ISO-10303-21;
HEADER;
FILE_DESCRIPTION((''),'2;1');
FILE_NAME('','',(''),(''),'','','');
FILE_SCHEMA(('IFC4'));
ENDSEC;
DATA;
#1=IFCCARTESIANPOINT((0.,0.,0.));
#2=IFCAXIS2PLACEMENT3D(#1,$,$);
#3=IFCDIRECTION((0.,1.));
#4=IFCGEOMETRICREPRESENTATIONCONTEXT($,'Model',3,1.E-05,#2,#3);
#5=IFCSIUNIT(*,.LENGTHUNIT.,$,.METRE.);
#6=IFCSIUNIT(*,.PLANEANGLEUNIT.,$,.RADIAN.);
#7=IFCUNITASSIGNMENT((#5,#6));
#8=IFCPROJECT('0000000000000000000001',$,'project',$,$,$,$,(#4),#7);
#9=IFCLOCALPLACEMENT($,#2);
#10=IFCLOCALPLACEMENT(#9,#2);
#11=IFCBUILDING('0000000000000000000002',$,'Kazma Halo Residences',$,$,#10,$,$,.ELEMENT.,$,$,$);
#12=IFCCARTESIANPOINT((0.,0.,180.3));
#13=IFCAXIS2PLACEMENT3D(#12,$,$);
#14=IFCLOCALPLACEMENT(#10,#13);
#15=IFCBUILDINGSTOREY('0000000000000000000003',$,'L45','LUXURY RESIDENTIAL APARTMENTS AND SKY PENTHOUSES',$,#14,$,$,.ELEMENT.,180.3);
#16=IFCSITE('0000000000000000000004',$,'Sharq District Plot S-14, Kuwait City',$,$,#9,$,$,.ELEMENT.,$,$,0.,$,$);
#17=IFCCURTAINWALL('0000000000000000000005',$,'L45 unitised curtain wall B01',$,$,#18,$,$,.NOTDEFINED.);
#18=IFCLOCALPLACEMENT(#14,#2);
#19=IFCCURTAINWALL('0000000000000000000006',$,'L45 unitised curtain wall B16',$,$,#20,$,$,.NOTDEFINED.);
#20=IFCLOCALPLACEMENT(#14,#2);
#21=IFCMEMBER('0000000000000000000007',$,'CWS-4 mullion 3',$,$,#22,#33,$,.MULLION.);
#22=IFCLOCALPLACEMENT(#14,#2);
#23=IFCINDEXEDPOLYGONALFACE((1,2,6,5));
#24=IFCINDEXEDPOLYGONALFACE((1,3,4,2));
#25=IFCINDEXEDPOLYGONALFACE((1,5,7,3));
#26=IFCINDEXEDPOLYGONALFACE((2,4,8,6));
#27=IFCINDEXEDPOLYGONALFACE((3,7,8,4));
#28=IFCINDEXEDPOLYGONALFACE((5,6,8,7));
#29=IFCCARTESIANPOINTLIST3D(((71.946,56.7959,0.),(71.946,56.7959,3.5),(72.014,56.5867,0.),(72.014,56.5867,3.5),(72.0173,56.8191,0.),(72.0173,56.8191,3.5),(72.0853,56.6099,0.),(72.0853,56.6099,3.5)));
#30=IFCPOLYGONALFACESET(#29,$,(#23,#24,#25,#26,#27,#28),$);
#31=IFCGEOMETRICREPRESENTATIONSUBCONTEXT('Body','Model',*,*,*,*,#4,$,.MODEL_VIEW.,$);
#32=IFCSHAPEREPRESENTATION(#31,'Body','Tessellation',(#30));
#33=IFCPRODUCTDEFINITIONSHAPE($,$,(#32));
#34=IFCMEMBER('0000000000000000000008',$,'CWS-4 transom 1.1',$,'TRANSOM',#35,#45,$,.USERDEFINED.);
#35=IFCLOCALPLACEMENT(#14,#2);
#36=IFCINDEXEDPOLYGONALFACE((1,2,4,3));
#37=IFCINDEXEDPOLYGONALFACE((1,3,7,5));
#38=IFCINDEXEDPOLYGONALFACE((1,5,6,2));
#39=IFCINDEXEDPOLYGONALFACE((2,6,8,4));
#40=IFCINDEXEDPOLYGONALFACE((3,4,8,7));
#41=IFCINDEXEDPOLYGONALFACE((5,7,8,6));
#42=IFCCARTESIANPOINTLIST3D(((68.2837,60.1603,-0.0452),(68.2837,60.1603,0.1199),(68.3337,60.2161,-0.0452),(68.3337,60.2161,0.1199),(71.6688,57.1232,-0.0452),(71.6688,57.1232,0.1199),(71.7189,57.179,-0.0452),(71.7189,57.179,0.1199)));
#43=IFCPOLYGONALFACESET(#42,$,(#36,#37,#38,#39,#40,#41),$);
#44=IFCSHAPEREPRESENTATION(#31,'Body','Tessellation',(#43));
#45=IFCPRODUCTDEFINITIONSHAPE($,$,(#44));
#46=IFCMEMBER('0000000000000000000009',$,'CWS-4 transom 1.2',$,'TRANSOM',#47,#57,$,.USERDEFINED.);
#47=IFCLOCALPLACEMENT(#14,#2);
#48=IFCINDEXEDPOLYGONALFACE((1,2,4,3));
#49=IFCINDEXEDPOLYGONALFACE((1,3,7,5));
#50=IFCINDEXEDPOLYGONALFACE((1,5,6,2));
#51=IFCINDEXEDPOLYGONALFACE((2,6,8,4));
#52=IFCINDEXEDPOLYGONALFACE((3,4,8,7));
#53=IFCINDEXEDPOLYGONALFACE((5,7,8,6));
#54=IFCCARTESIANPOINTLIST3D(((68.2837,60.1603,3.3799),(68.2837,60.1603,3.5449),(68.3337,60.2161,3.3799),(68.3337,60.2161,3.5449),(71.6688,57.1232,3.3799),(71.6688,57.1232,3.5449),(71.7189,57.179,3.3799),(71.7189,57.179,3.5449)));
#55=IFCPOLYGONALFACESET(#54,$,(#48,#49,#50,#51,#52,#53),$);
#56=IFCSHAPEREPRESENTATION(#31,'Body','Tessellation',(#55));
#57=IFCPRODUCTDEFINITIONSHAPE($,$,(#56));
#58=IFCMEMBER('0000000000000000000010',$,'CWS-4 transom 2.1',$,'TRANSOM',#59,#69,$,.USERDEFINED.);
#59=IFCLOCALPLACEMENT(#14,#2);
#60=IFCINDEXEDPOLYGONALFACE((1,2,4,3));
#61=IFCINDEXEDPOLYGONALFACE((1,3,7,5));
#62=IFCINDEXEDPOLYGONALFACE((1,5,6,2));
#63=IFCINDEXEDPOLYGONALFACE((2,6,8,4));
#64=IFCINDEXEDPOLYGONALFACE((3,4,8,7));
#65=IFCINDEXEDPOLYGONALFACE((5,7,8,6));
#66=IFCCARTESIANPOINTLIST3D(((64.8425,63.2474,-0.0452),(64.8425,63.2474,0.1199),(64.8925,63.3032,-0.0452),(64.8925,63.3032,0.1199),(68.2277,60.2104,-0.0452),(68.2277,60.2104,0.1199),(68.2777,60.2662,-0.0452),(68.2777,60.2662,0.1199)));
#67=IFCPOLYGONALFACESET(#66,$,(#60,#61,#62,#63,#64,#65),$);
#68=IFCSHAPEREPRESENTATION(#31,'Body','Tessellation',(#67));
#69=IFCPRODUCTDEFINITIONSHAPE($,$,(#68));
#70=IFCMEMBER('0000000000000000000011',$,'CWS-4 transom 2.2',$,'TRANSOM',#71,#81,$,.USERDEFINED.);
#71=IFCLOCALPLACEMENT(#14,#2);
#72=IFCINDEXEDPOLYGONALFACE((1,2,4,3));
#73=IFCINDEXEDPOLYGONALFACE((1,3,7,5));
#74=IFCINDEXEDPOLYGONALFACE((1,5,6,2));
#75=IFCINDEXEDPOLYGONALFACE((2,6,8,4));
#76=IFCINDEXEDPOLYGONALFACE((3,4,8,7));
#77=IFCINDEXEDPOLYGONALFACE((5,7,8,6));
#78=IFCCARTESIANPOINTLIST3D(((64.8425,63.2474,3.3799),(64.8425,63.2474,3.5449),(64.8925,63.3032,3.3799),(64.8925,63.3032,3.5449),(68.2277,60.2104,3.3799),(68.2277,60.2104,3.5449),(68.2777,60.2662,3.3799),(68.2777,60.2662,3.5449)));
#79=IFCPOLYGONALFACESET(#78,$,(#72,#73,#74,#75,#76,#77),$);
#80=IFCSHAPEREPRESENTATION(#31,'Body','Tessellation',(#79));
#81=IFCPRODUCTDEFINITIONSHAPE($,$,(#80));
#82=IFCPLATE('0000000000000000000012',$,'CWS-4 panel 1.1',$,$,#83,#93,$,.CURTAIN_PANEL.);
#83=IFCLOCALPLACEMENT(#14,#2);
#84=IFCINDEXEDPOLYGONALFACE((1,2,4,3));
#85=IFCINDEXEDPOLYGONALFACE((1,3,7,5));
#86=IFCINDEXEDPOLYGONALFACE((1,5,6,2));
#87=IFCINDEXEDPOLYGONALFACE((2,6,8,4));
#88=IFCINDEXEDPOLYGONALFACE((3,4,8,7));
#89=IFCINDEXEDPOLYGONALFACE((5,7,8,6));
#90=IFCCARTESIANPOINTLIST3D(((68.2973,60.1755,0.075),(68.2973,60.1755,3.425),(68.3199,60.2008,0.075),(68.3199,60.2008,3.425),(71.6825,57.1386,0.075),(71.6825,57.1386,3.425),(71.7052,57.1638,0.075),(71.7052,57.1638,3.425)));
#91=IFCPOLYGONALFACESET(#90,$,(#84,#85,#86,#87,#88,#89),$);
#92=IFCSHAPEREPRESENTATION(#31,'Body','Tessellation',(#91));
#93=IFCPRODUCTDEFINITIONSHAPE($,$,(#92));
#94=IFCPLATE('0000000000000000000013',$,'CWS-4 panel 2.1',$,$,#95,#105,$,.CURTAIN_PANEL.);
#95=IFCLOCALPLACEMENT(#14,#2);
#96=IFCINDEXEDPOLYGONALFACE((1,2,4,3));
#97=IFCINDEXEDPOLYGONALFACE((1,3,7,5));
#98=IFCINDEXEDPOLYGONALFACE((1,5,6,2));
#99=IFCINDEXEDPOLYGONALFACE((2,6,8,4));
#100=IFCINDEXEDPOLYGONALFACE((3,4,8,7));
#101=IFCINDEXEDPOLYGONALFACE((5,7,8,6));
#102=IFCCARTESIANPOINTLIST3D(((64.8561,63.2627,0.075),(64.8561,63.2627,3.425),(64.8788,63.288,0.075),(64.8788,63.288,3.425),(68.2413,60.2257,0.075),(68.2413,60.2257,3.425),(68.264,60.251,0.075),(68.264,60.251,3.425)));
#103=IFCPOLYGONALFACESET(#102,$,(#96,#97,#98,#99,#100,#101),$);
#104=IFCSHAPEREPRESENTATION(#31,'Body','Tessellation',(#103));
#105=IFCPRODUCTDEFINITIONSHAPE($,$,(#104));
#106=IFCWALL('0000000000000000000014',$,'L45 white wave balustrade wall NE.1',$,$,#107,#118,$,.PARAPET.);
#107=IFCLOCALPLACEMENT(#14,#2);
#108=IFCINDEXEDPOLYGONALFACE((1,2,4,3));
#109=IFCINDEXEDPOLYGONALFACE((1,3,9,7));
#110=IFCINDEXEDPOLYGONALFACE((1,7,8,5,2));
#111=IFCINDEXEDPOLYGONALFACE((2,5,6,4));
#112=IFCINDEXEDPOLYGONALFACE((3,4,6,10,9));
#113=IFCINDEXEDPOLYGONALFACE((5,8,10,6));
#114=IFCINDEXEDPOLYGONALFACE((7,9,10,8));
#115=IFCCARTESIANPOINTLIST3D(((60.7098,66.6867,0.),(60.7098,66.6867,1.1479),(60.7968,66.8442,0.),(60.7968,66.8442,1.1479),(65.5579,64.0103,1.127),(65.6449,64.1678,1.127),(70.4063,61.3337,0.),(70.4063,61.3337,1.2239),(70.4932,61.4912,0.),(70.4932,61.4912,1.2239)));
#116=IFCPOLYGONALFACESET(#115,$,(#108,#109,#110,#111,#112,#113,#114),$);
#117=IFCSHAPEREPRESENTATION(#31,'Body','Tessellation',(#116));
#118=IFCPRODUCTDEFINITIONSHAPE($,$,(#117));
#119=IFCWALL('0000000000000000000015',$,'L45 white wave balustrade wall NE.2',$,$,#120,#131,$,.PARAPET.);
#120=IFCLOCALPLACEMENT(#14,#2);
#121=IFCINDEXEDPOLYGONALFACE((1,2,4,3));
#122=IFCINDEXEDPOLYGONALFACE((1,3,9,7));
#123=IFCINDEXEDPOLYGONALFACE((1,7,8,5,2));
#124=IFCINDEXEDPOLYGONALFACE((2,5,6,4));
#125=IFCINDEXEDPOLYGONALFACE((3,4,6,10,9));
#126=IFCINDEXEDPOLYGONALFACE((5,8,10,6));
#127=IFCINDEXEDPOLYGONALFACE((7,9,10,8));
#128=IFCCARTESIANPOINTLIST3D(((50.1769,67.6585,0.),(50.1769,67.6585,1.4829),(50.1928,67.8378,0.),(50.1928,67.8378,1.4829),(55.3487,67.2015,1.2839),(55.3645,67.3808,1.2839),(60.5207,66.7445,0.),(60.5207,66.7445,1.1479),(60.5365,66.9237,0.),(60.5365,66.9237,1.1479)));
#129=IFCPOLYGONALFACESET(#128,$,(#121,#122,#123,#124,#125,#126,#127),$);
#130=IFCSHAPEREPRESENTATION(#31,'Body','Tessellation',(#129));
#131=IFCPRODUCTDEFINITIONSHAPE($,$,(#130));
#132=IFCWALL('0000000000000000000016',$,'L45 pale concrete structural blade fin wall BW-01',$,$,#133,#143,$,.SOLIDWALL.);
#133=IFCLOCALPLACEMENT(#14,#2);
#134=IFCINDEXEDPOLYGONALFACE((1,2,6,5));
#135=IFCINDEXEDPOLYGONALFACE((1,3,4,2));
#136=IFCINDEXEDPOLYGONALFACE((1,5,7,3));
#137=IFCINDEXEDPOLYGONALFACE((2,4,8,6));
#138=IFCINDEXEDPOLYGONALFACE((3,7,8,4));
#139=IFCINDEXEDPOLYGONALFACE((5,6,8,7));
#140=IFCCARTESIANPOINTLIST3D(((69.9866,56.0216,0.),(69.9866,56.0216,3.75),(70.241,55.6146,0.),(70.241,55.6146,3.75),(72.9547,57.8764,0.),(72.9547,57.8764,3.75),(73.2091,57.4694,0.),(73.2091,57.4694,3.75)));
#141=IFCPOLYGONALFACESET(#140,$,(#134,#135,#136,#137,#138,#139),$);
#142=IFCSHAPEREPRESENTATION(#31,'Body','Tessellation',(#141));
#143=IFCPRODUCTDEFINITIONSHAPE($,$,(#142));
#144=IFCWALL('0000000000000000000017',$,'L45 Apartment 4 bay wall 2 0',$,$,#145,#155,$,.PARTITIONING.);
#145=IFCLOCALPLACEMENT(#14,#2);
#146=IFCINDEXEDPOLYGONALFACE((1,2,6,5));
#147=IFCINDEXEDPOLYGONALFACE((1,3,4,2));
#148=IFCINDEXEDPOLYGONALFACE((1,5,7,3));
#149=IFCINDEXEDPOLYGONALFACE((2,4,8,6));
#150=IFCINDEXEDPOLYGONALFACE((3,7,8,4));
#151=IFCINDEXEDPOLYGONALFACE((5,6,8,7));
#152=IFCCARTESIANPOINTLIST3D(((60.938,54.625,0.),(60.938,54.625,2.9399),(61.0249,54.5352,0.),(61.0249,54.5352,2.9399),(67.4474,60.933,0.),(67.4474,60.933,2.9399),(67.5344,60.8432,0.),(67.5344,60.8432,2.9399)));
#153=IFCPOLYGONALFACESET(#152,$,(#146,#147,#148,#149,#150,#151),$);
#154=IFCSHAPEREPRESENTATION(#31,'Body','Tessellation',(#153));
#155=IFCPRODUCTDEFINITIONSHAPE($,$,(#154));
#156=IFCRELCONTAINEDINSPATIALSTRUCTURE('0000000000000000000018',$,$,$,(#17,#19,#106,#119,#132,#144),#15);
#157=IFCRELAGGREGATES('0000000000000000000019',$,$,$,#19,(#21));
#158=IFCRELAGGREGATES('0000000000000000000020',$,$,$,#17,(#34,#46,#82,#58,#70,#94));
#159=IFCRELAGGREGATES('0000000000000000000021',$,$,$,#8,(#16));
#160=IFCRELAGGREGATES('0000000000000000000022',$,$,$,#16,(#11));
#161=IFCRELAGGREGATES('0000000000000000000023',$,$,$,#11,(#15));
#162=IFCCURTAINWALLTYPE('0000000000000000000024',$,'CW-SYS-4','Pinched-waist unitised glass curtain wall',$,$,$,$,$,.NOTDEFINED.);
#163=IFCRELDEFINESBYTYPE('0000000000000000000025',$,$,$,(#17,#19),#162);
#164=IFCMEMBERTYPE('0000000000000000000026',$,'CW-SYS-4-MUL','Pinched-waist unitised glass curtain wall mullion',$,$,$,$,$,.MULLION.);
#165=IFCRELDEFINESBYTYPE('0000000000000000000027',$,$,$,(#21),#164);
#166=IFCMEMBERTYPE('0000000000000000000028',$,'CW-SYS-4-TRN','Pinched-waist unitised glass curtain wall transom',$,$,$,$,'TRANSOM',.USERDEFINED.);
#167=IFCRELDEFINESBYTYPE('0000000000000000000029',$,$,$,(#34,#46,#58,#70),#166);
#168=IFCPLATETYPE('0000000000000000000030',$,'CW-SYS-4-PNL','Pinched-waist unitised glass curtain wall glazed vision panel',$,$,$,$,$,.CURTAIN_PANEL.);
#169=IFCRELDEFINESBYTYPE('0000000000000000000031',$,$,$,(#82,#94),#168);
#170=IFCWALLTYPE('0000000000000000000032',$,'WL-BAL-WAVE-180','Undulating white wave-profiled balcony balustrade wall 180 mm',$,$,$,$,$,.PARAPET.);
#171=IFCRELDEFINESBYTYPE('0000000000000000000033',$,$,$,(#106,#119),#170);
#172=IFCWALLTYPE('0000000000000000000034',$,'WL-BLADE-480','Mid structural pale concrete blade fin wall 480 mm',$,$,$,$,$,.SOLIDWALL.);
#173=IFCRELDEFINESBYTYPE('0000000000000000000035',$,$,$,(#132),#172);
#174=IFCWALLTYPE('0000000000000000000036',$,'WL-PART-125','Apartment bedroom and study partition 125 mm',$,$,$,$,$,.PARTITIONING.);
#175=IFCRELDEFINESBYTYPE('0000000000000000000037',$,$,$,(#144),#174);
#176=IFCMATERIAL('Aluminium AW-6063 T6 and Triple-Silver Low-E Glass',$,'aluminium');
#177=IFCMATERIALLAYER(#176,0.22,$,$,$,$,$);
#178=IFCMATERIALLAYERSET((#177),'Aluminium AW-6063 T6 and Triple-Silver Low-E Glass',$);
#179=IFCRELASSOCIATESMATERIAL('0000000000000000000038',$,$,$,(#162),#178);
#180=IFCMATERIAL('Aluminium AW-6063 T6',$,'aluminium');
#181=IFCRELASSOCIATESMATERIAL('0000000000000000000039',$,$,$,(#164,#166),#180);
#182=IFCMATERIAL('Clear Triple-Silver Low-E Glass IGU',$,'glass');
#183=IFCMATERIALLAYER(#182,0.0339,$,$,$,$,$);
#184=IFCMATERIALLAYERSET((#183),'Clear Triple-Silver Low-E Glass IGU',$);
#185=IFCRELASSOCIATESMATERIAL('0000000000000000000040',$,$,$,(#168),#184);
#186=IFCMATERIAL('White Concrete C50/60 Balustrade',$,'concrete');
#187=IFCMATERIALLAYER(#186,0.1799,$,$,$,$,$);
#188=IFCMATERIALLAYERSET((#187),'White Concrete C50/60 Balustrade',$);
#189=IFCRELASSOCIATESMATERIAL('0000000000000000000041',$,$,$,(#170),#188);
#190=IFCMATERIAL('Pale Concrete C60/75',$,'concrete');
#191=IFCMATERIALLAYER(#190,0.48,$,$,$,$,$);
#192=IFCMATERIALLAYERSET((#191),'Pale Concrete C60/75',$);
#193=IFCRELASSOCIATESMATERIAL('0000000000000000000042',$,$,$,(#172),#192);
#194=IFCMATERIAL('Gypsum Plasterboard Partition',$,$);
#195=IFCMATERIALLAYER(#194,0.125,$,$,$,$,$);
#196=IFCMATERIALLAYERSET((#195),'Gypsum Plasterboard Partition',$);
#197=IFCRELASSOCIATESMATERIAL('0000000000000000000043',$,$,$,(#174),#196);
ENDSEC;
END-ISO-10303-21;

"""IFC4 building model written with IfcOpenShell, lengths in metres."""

from ifc_helpers import new_model, si_unit, direction, frame, frame_2d, origin, origin_2d, place, context, subcontext, project, spatial, polyline, rectangle, outline, extrude, material, layer, layer_set, material_profile, profile_set, type_object, element, aggregate, save


model = new_model("IFC4")

# Units and contexts
model_context = context("Model", 3, precision=1e-05, world=origin(), true_north=direction((0.0, 1.0)))
body_context = subcontext(model_context, "Body", "Model", "MODEL_VIEW")
ifc_project = project(units=[si_unit("LENGTHUNIT", "METRE"), si_unit("PLANEANGLEUNIT", "RADIAN")], contexts=[model_context])

# Site, building, storey
site_placement = place(None, origin())
site = spatial("IfcSite", under=ifc_project, at=site_placement, Name="Sharq District Plot S-14, Kuwait City", CompositionType="ELEMENT", RefElevation=0.0)
building_placement = place(site_placement, origin())
building = spatial("IfcBuilding", under=site, at=building_placement, Name="Kazma Halo Residences", CompositionType="ELEMENT")
storey_placement = place(building_placement, frame((0.0, 0.0, 180.3)))
storey = spatial("IfcBuildingStorey", under=building, at=storey_placement, Name="L45", Description="LUXURY RESIDENTIAL APARTMENTS AND SKY PENTHOUSES", CompositionType="ELEMENT", Elevation=180.3)

# Curtain wall
ifc_material_1 = material(Name="Aluminium AW-6063 T6 and Triple-Silver Low-E Glass", Category="aluminium")
ifc_layer_1 = layer(ifc_material_1, 0.22)
ifc_layer_set_1 = layer_set([ifc_layer_1], Name="Aluminium AW-6063 T6 and Triple-Silver Low-E Glass")
curtain_wall_type = type_object("IfcCurtainWallType", Name="CW-SYS-4", Description="Pinched-waist unitised glass curtain wall", PredefinedType="NOTDEFINED", material=ifc_layer_set_1)
curtain_wall_1_placement = place(storey_placement, origin())
curtain_wall_1 = element("IfcCurtainWall", 1, at=curtain_wall_1_placement, inside=storey, type_object=curtain_wall_type, Name="L45 unitised curtain wall B01", PredefinedType="NOTDEFINED")
ifc_material_2 = material(Name="Aluminium AW-6063 T6", Category="aluminium")
ifc_material_profile_1 = material_profile(ifc_material_2, rectangle(XDim=0.075, YDim=0.22, at=origin_2d()), Name="CWM-75x220")
ifc_profile_set_1 = profile_set([ifc_material_profile_1], Name="Aluminium AW-6063 T6")
member_type_1 = type_object("IfcMemberType", Name="CW-SYS-4-MUL", Description="Pinched-waist unitised glass curtain wall mullion", PredefinedType="MULLION", material=ifc_profile_set_1)

# Curtain wall, member
curtain_wall_2_placement = place(storey_placement, origin())
curtain_wall_2 = element("IfcCurtainWall", 2, at=curtain_wall_2_placement, inside=storey, type_object=curtain_wall_type, Name="L45 unitised curtain wall B16", PredefinedType="NOTDEFINED")
member_1_placement = place(storey_placement, frame((72.0156, 56.7029, 0.0), z_axis=(0.0, 0.0, 1.0), x_axis=(-0.951057, -0.309016, 0.0)))
member_1 = element("IfcMember", 3, at=member_1_placement, type_object=member_type_1, Name="CWS-4 mullion 3", PredefinedType="MULLION", context=body_context, shape_type="SweptSolid", body=[
    extrude(rectangle(XDim=0.075, YDim=0.22, at=origin_2d()), origin(), (0.0, 0.0, 1.0), 3.5),
])
aggregate(curtain_wall_2, [member_1])

# Members
ifc_material_profile_2 = material_profile(ifc_material_2, rectangle(XDim=0.075, YDim=0.165, at=origin_2d()), Name="CWT-75x165")
ifc_profile_set_2 = profile_set([ifc_material_profile_2], Name="Aluminium AW-6063 T6")
member_type_2 = type_object("IfcMemberType", Name="CW-SYS-4-TRN", Description="Pinched-waist unitised glass curtain wall transom", ElementType="TRANSOM", PredefinedType="USERDEFINED", material=ifc_profile_set_2)
member_2_placement = place(storey_placement, frame((71.6938, 57.1511, 0.0374), z_axis=(-0.744345, 0.667795, 0.0), x_axis=(-0.667795, -0.744345, 0.0)))
member_2 = element("IfcMember", 4, at=member_2_placement, type_object=member_type_2, Name="CWS-4 transom 1.1", ObjectType="TRANSOM", PredefinedType="USERDEFINED", context=body_context, shape_type="SweptSolid", body=[
    extrude(rectangle(XDim=0.075, YDim=0.165, at=origin_2d()), origin(), (0.0, 0.0, 1.0), 4.5479),
])
member_3_placement = place(storey_placement, frame((71.6938, 57.1511, 3.4624), z_axis=(-0.744345, 0.667795, 0.0), x_axis=(-0.667795, -0.744345, 0.0)))
member_3 = element("IfcMember", 5, at=member_3_placement, type_object=member_type_2, Name="CWS-4 transom 1.2", ObjectType="TRANSOM", PredefinedType="USERDEFINED", context=body_context, shape_type="SweptSolid", body=[
    extrude(rectangle(XDim=0.075, YDim=0.165, at=origin_2d()), origin(), (0.0, 0.0, 1.0), 4.5479),
])
member_4_placement = place(storey_placement, frame((68.2527, 60.2383, 0.0374), z_axis=(-0.744345, 0.667795, 0.0), x_axis=(-0.667795, -0.744345, 0.0)))
member_4 = element("IfcMember", 6, at=member_4_placement, type_object=member_type_2, Name="CWS-4 transom 2.1", ObjectType="TRANSOM", PredefinedType="USERDEFINED", context=body_context, shape_type="SweptSolid", body=[
    extrude(rectangle(XDim=0.075, YDim=0.165, at=origin_2d()), origin(), (0.0, 0.0, 1.0), 4.5479),
])
member_5_placement = place(storey_placement, frame((68.2527, 60.2383, 3.4624), z_axis=(-0.744345, 0.667795, 0.0), x_axis=(-0.667795, -0.744345, 0.0)))
member_5 = element("IfcMember", 7, at=member_5_placement, type_object=member_type_2, Name="CWS-4 transom 2.2", ObjectType="TRANSOM", PredefinedType="USERDEFINED", context=body_context, shape_type="SweptSolid", body=[
    extrude(rectangle(XDim=0.075, YDim=0.165, at=origin_2d()), origin(), (0.0, 0.0, 1.0), 4.5479),
])

# Plates
ifc_material_3 = material(Name="Clear Triple-Silver Low-E Glass IGU", Category="glass")
ifc_layer_2 = layer(ifc_material_3, 0.0339)
ifc_layer_set_2 = layer_set([ifc_layer_2], Name="Clear Triple-Silver Low-E Glass IGU")
plate_type = type_object("IfcPlateType", Name="CW-SYS-4-PNL", Description="Pinched-waist unitised glass curtain wall glazed vision panel", PredefinedType="CURTAIN_PANEL", material=ifc_layer_set_2)
plate_1_placement = place(storey_placement, frame((70.0012, 58.6697, 0.075), z_axis=(0.0, 0.0, 1.0), x_axis=(-0.744355, 0.667784, 0.0)))
plate_1 = element("IfcPlate", 8, at=plate_1_placement, type_object=plate_type, Name="CWS-4 panel 1.1", PredefinedType="CURTAIN_PANEL", context=body_context, shape_type="SweptSolid", body=[
    extrude(rectangle(XDim=4.5479, YDim=0.0339, at=origin_2d()), origin(), (0.0, 0.0, 1.0), 3.3501),
])
plate_2_placement = place(storey_placement, frame((66.5601, 61.7568, 0.075), z_axis=(0.0, 0.0, 1.0), x_axis=(-0.744355, 0.667784, 0.0)))
plate_2 = element("IfcPlate", 9, at=plate_2_placement, type_object=plate_type, Name="CWS-4 panel 2.1", PredefinedType="CURTAIN_PANEL", context=body_context, shape_type="SweptSolid", body=[
    extrude(rectangle(XDim=4.5479, YDim=0.0339, at=origin_2d()), origin(), (0.0, 0.0, 1.0), 3.3501),
])
aggregate(curtain_wall_1, [member_2, member_3, plate_1, member_4, member_5, plate_2])

# Walls
ifc_material_4 = material(Name="White Concrete C50/60 Balustrade", Category="concrete")
ifc_layer_3 = layer(ifc_material_4, 0.1799)
ifc_layer_set_3 = layer_set([ifc_layer_3], Name="White Concrete C50/60 Balustrade")
wall_type_1 = type_object("IfcWallType", Name="WL-BAL-WAVE-180", Description="Undulating white wave-profiled balcony balustrade wall 180 mm", PredefinedType="PARAPET", material=ifc_layer_set_3)
wall_1_placement = place(storey_placement, frame((70.4497, 61.4124, 0.0), z_axis=(0.0, 0.0, 1.0), x_axis=(-0.875455, 0.4833, 0.0)))
element("IfcWall", 10, at=wall_1_placement, inside=storey, type_object=wall_type_1, Name="L45 white wave balustrade wall NE.1", PredefinedType="PARAPET", context=body_context, shape_type="SweptSolid", body=[
    extrude(outline(polyline([(0.0, 0.0), (11.0759, 0.0), (11.0759, 1.1479), (5.5381, 1.127), (0.0, 1.2239), (0.0, 0.0)])), frame((0.0, 0.0898, 0.0), z_axis=(0.0, -1.0, 0.0), x_axis=(1.0, 0.0, 0.0)), (0.0, 0.0, 1.0), 0.1799),
])
wall_2_placement = place(storey_placement, frame((60.5286, 66.834, 0.0), z_axis=(0.0, 0.0, 1.0), x_axis=(-0.996118, 0.088026, 0.0)))
element("IfcWall", 11, at=wall_2_placement, inside=storey, type_object=wall_type_1, Name="L45 white wave balustrade wall NE.2", PredefinedType="PARAPET", context=body_context, shape_type="SweptSolid", body=[
    extrude(outline(polyline([(0.0, 0.0), (10.384, 0.0), (10.384, 1.4829), (5.1921, 1.2839), (0.0, 1.1479), (0.0, 0.0)])), frame((0.0, 0.0898, 0.0), z_axis=(0.0, -1.0, 0.0), x_axis=(1.0, 0.0, 0.0)), (0.0, 0.0, 1.0), 0.1799),
])
ifc_material_5 = material(Name="Pale Concrete C60/75", Category="concrete")
ifc_layer_4 = layer(ifc_material_5, 0.48)
ifc_layer_set_4 = layer_set([ifc_layer_4], Name="Pale Concrete C60/75")
wall_type_2 = type_object("IfcWallType", Name="WL-BLADE-480", Description="Mid structural pale concrete blade fin wall 480 mm", PredefinedType="SOLIDWALL", material=ifc_layer_set_4)
wall_3_placement = place(storey_placement, frame((70.1138, 55.8181, 0.0), z_axis=(0.0, 0.0, 1.0), x_axis=(0.848034, 0.529943, 0.0)))
element("IfcWall", 12, at=wall_3_placement, inside=storey, type_object=wall_type_2, Name="L45 pale concrete structural blade fin wall BW-01", PredefinedType="SOLIDWALL", context=body_context, shape_type="SweptSolid", body=[
    extrude(rectangle(XDim=3.5, YDim=0.48, at=frame_2d((1.75, 0.0))), origin(), (0.0, 0.0, 1.0), 3.75),
])

# Wall
ifc_material_6 = material(Name="Gypsum Plasterboard Partition")
ifc_layer_5 = layer(ifc_material_6, 0.125)
ifc_layer_set_5 = layer_set([ifc_layer_5], Name="Gypsum Plasterboard Partition")
wall_type_3 = type_object("IfcWallType", Name="WL-PART-125", Description="Apartment bedroom and study partition 125 mm", PredefinedType="PARTITIONING", material=ifc_layer_set_5)
wall_4_placement = place(storey_placement, frame((60.9814, 54.5801, 0.0), z_axis=(0.0, 0.0, 1.0), x_axis=(0.71813, 0.695909, 0.0)))
element("IfcWall", 13, at=wall_4_placement, inside=storey, type_object=wall_type_3, Name="L45 Apartment 4 bay wall 2 0", PredefinedType="PARTITIONING", context=body_context, shape_type="SweptSolid", body=[
    extrude(rectangle(XDim=9.0645, YDim=0.125, at=frame_2d((4.5322, 0.0))), origin(), (0.0, 0.0, 1.0), 2.9399),
])

save(model, "model.ifc")
